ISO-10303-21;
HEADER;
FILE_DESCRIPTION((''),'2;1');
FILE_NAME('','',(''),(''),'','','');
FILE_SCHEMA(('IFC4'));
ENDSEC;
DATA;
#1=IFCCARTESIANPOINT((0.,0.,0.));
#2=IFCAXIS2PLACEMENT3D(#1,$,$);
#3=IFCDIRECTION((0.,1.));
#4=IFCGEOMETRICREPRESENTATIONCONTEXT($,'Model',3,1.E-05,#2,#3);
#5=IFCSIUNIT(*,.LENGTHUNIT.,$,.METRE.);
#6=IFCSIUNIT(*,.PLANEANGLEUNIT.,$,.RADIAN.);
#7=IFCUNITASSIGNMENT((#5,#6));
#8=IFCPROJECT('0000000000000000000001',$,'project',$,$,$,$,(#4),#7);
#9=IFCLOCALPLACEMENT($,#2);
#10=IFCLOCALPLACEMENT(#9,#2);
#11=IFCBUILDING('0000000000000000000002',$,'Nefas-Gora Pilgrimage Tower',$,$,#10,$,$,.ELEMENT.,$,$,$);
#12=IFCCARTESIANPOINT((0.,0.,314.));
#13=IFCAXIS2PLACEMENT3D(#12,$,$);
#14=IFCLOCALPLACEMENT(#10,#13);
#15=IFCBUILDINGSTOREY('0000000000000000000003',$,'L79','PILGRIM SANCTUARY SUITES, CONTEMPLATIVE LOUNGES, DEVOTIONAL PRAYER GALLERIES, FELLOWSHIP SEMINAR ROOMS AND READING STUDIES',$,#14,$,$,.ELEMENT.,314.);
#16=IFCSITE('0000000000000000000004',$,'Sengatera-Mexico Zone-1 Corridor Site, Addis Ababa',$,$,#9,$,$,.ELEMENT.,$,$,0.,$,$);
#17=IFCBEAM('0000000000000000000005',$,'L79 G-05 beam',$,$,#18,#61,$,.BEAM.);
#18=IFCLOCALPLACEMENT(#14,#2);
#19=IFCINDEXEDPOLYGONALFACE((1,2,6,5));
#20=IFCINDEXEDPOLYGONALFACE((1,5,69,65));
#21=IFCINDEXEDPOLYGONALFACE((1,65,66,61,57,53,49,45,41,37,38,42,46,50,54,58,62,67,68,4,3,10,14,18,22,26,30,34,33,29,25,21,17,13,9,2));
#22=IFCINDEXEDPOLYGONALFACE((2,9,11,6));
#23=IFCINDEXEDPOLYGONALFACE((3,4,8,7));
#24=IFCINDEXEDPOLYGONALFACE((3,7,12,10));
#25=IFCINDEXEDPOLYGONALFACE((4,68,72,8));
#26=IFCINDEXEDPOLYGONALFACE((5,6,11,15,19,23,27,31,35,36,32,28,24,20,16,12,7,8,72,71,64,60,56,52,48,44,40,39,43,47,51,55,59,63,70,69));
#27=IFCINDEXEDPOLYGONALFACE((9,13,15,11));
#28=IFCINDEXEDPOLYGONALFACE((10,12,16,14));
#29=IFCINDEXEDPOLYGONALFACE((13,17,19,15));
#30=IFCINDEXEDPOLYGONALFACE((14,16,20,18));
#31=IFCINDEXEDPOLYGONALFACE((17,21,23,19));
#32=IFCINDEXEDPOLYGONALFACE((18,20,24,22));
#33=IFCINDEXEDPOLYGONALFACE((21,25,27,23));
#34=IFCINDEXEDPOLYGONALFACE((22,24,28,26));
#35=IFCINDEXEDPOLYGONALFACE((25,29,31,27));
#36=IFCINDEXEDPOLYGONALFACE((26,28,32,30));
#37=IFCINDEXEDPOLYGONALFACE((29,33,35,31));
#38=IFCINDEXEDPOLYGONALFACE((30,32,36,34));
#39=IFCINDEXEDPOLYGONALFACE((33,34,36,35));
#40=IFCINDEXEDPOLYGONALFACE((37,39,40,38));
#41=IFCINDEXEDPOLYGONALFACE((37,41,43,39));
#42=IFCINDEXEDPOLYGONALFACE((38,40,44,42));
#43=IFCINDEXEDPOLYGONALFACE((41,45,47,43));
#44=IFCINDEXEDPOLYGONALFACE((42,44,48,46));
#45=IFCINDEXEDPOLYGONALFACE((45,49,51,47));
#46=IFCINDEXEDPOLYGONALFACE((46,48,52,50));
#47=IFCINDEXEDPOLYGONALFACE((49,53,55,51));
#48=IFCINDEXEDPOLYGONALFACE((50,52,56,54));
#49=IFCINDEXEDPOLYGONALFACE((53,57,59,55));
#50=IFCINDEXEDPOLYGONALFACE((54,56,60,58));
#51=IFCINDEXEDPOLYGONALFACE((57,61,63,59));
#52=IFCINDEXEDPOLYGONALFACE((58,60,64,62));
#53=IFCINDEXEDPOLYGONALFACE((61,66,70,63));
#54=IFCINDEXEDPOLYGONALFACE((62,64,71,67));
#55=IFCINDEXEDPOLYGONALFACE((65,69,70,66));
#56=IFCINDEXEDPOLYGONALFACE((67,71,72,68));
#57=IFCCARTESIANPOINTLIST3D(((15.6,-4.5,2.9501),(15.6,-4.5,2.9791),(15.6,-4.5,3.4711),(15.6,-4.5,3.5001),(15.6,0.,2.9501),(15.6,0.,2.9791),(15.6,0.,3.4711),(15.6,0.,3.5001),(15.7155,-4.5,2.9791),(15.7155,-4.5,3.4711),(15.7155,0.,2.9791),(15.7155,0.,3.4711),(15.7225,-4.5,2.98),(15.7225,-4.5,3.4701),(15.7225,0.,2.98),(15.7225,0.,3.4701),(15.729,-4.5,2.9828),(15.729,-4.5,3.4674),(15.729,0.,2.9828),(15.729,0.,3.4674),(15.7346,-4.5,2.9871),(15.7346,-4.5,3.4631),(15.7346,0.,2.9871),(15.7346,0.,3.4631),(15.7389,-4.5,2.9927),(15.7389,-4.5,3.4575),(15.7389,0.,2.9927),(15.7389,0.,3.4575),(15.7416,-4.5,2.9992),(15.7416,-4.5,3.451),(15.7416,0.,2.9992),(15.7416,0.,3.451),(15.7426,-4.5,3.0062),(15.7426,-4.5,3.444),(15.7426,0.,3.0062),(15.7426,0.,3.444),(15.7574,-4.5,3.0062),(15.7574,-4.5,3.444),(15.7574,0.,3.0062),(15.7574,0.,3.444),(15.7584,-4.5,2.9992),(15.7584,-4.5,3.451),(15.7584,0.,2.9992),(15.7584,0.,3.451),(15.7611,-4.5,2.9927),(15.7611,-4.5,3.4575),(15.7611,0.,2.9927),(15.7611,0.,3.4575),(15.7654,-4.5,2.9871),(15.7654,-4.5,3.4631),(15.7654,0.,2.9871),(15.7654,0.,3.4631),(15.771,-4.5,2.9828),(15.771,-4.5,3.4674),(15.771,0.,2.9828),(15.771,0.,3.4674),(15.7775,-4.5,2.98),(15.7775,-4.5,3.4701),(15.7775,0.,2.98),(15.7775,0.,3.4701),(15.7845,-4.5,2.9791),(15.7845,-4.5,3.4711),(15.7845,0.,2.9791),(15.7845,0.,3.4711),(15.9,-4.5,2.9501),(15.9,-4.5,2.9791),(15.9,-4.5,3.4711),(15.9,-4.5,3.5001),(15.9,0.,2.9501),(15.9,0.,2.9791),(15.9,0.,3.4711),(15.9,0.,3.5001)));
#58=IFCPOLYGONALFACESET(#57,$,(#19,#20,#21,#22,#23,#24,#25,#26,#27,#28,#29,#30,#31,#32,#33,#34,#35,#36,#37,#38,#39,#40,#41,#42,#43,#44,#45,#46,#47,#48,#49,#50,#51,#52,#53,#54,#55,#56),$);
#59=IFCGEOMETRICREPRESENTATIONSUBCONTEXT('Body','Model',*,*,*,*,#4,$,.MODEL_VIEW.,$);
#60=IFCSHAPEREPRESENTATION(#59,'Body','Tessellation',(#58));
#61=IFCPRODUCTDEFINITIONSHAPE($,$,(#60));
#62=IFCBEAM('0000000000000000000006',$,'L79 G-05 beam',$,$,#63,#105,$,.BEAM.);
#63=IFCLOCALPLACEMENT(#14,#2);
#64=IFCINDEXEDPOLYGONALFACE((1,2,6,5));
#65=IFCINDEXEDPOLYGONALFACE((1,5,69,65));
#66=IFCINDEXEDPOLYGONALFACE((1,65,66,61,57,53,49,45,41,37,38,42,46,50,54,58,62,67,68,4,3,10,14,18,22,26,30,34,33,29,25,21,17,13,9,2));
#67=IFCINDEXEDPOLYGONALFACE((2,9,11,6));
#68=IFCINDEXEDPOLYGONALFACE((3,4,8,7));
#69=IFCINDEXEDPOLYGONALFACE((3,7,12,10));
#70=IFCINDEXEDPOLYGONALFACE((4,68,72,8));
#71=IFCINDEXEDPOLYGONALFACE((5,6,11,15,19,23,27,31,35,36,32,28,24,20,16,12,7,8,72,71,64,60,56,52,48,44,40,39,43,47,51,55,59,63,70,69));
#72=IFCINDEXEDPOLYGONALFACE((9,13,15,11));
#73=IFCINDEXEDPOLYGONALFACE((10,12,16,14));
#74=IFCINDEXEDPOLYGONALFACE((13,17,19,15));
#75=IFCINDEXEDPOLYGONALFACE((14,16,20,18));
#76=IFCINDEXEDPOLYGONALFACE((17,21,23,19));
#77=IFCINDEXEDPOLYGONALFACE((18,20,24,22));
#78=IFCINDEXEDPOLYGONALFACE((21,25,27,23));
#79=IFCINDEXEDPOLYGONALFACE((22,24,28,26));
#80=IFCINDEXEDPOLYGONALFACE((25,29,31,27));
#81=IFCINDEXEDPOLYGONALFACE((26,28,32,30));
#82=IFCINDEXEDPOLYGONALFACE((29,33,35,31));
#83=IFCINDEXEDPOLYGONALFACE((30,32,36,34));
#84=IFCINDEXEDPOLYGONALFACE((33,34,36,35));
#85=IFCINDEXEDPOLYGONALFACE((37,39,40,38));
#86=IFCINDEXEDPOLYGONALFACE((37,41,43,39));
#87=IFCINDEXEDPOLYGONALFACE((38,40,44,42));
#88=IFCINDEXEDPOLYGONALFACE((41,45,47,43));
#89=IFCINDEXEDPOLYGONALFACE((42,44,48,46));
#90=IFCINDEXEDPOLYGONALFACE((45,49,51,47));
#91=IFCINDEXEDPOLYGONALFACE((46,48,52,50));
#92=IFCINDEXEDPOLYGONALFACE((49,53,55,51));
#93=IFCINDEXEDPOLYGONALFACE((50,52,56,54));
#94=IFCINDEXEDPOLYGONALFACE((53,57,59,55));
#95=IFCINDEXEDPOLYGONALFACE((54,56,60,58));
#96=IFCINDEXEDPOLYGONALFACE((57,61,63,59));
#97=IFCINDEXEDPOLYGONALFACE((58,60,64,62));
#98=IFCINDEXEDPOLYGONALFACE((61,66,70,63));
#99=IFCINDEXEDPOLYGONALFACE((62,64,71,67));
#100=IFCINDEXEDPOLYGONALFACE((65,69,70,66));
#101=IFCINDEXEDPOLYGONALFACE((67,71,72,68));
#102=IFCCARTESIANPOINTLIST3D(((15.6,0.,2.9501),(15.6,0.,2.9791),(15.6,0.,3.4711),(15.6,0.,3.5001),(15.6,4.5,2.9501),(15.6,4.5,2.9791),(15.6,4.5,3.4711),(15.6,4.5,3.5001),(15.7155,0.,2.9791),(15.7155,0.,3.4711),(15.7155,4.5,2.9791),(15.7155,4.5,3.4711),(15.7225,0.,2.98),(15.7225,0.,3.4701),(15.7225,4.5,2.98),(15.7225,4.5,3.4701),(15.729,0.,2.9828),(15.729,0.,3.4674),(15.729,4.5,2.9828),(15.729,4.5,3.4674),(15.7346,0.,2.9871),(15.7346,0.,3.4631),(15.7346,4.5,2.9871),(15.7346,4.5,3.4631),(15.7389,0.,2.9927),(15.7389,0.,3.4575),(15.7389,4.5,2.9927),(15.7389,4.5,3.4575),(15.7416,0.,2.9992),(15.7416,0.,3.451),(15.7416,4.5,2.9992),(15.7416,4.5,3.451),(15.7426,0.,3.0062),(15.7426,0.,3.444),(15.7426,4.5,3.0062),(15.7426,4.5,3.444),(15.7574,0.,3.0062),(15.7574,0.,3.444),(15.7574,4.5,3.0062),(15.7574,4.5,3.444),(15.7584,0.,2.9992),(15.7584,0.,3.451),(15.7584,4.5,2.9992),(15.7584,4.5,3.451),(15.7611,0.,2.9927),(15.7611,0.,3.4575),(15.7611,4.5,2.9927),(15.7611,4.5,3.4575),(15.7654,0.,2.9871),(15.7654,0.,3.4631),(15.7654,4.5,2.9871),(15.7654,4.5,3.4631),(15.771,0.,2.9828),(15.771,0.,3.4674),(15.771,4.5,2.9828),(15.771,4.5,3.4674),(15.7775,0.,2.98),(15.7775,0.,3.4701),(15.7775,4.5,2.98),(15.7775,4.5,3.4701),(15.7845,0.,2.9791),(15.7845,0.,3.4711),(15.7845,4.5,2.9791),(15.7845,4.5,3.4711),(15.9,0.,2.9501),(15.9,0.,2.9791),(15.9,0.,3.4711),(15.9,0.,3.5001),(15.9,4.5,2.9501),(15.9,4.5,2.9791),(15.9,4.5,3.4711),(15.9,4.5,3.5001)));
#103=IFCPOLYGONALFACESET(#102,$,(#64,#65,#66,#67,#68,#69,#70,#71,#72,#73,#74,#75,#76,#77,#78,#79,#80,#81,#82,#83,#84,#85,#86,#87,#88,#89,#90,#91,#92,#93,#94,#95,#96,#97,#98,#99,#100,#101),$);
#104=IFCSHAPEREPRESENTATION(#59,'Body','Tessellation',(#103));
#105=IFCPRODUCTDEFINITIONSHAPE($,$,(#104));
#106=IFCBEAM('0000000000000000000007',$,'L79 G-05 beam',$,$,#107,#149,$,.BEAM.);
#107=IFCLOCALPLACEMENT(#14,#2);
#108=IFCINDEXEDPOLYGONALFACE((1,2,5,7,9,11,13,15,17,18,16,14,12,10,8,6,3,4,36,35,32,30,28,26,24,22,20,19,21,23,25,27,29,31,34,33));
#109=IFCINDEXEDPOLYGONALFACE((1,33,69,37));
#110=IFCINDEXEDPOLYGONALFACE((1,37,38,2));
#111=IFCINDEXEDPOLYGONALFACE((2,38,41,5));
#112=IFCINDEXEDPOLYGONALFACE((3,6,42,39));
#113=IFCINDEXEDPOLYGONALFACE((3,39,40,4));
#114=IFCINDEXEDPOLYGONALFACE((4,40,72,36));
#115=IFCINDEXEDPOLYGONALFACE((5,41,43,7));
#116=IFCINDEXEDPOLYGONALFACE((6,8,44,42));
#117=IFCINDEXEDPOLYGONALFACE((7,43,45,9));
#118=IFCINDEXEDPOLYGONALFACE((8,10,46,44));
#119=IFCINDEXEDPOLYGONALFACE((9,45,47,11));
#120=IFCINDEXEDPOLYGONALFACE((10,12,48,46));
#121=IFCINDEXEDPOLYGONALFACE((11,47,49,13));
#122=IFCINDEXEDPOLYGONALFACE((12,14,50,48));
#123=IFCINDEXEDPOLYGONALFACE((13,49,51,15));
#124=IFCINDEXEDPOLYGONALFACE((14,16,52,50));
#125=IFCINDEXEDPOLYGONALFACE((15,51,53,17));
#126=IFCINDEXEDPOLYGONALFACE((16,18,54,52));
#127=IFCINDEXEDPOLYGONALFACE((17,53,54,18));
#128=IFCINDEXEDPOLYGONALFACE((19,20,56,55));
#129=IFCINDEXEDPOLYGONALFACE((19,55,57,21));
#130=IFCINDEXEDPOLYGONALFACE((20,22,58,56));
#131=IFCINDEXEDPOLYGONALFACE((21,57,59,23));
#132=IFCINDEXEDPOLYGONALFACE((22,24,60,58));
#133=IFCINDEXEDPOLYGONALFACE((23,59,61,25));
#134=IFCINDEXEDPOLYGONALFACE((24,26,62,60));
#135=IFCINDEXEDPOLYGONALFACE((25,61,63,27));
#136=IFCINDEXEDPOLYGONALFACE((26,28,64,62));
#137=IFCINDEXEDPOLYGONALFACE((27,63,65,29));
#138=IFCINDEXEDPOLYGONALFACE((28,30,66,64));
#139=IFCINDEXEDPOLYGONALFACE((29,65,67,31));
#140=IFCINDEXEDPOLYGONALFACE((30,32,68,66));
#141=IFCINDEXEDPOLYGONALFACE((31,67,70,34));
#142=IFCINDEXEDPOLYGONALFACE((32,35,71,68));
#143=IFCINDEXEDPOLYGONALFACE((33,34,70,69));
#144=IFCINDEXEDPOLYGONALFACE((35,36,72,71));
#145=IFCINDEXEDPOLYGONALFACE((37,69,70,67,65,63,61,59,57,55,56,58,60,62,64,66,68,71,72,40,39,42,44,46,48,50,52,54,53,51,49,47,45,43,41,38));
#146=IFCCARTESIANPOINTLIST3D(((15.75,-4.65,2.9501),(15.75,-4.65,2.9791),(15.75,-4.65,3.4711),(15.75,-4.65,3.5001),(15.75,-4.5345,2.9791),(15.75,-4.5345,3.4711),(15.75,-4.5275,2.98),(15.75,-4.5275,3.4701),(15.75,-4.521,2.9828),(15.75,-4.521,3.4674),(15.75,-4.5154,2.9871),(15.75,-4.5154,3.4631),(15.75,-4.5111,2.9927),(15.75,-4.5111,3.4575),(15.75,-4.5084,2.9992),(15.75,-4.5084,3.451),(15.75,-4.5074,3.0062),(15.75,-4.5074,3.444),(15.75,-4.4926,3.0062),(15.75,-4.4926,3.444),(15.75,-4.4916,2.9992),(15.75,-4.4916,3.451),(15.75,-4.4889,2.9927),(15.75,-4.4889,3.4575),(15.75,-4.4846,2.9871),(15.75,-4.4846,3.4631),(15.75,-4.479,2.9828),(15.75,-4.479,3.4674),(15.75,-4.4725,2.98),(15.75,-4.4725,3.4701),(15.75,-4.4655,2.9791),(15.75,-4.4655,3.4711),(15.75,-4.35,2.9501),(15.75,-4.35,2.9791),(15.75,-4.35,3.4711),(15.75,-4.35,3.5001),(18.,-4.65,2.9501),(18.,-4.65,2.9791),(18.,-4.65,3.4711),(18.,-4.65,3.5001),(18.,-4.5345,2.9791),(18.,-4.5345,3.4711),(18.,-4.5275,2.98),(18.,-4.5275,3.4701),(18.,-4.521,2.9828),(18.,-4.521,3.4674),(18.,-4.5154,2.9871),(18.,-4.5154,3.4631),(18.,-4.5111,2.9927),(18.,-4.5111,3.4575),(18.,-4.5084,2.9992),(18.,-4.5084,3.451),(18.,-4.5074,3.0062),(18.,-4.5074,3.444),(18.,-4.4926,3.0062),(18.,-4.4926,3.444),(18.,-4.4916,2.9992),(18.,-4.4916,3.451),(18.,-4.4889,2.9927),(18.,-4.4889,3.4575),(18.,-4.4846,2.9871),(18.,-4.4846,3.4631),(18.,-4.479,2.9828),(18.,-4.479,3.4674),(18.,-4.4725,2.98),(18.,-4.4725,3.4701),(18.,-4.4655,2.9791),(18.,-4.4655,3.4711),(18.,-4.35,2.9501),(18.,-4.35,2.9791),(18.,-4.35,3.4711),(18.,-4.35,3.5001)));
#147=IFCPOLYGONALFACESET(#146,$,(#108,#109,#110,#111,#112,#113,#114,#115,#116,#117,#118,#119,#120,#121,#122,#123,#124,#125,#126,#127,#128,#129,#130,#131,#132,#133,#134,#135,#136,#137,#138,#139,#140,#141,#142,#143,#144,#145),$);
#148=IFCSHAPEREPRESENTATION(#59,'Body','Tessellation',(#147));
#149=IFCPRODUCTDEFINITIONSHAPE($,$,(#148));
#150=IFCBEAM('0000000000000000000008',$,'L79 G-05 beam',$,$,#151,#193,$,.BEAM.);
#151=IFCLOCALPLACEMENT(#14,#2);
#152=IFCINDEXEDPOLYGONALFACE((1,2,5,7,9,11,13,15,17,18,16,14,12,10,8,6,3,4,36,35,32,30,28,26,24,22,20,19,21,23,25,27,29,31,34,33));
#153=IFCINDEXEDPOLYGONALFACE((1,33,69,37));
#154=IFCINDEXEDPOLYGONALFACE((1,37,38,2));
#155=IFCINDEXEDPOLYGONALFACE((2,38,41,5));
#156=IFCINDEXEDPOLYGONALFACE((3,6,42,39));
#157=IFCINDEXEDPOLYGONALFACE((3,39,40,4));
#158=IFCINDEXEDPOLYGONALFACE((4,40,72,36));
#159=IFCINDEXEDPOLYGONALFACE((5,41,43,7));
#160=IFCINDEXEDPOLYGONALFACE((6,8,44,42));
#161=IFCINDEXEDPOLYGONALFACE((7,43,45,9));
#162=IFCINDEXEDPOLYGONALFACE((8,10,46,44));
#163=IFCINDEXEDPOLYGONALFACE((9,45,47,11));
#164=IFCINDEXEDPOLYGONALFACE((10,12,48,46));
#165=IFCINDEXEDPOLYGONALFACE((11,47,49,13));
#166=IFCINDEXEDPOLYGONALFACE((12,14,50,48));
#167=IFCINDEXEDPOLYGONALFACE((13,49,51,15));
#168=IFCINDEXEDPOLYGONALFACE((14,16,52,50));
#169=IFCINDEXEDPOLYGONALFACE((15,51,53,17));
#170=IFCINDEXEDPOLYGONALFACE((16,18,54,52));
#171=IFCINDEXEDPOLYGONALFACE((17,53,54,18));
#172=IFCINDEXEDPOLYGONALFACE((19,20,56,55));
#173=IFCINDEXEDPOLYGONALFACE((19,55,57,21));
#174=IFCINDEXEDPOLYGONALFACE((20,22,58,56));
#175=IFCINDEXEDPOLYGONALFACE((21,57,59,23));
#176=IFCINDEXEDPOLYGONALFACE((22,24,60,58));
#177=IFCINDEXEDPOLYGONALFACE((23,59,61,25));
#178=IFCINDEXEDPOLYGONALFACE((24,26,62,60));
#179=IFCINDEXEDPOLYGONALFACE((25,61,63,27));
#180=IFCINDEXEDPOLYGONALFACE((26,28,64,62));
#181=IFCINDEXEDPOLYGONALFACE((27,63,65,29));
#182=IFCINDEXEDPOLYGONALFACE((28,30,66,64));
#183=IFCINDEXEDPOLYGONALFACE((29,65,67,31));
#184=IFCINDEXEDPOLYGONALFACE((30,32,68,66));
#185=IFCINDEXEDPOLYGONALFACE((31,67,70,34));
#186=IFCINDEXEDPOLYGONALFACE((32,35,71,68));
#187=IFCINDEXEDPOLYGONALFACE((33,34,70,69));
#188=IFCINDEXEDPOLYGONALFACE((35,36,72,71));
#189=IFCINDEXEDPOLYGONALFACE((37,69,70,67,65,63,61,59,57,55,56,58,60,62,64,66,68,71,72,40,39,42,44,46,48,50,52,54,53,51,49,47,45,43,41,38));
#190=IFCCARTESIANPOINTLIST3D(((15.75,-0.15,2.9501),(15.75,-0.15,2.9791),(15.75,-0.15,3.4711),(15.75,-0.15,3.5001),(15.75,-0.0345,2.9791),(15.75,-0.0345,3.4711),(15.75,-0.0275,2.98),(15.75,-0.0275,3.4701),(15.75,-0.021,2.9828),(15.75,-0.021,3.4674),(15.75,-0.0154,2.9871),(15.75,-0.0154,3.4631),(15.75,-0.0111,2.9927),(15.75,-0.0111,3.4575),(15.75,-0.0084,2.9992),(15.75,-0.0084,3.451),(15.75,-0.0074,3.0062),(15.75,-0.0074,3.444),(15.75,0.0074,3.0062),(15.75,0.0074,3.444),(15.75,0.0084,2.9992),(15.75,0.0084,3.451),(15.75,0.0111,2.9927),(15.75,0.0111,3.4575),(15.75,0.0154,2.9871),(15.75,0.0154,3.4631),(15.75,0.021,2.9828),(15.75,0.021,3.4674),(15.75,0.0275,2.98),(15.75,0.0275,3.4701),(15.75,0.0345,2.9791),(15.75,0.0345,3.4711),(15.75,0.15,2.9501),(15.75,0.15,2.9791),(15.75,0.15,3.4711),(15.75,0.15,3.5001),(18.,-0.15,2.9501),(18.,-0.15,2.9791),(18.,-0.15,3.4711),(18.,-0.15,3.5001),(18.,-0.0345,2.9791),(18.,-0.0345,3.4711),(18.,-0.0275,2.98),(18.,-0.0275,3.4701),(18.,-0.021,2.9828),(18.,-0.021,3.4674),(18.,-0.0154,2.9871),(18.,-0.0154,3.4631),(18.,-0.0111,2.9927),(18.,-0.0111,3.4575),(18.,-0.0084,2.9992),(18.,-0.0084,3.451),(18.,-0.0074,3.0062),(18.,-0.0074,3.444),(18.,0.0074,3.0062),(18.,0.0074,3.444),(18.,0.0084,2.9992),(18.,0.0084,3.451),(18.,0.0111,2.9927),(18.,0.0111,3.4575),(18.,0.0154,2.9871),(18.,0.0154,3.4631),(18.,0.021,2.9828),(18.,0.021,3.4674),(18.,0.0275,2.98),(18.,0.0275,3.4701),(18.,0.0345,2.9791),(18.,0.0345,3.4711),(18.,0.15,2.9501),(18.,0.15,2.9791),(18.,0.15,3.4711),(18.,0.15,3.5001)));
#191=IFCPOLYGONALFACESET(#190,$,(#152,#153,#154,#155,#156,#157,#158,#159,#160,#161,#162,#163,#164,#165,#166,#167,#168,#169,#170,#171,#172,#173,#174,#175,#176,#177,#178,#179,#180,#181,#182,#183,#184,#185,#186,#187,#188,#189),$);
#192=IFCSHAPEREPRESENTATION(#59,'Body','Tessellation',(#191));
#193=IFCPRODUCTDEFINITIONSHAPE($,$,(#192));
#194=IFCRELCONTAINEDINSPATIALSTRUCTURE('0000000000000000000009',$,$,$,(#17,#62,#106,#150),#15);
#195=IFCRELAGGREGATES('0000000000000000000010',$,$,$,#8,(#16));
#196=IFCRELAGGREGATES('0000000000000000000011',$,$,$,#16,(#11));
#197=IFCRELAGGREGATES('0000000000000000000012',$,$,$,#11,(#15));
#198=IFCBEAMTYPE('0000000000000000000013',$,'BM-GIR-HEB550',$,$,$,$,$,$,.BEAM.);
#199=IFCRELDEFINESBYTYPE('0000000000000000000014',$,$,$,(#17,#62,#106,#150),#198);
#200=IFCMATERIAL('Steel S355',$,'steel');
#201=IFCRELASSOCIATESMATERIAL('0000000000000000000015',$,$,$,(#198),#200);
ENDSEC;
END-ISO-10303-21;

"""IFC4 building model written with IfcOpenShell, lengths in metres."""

from ifc_helpers import new_model, si_unit, direction, frame, origin, origin_2d, place, context, subcontext, project, spatial, i_section, extrude, source, transform, mapped, material, material_profile, profile_set, type_object, element, save


model = new_model("IFC4")

# Units and contexts
model_context = context("Model", 3, precision=1e-05, world=origin(), true_north=direction((0.0, 1.0)))
body_context = subcontext(model_context, "Body", "Model", "MODEL_VIEW")
ifc_project = project(units=[si_unit("LENGTHUNIT", "METRE"), si_unit("PLANEANGLEUNIT", "RADIAN")], contexts=[model_context])

# Site, building, storey
site_placement = place(None, origin())
site = spatial("IfcSite", under=ifc_project, at=site_placement, Name="Sengatera-Mexico Zone-1 Corridor Site, Addis Ababa", CompositionType="ELEMENT", RefElevation=0.0)
building_placement = place(site_placement, origin())
building = spatial("IfcBuilding", under=site, at=building_placement, Name="Nefas-Gora Pilgrimage Tower", CompositionType="ELEMENT")
storey_placement = place(building_placement, frame((0.0, 0.0, 314.0)))
storey = spatial("IfcBuildingStorey", under=building, at=storey_placement, Name="L79", Description="PILGRIM SANCTUARY SUITES, CONTEMPLATIVE LOUNGES, DEVOTIONAL PRAYER GALLERIES, FELLOWSHIP SEMINAR ROOMS AND READING STUDIES", CompositionType="ELEMENT", Elevation=314.0)

# Shared definitions
ifc_material_1 = material(Name="Steel S355", Category="steel")

# Beams
ifc_material_profile_1 = material_profile(ifc_material_1, i_section(OverallWidth=0.3, OverallDepth=0.55, WebThickness=0.0149, FlangeThickness=0.0291, FilletRadius=0.0271, at=origin_2d()), Name="HEB 550")
ifc_profile_set_1 = profile_set([ifc_material_profile_1], Name="Steel S355")
beam_type_1 = type_object("IfcBeamType", Name="BM-GIR-HEB550", PredefinedType="BEAM", material=ifc_profile_set_1)
shared_shape_1 = source(origin(), body_context, "Body", "SweptSolid", [
    extrude(i_section(OverallWidth=0.3, OverallDepth=0.55, WebThickness=0.0149, FlangeThickness=0.0291, FilletRadius=0.0271, at=origin_2d()), origin(), (0.0, 0.0, 1.0), 4.5),
])
for number, where, z_axis, x_axis, name in (
    (1, (15.75, -4.5, 3.2251), (0.0, 1.0, 0.0), (-1.0, 0.0, 0.0), "L79 G-05 beam"),
    (2, (15.75, 0.0, 3.2251), (0.0, 1.0, 0.0), (-1.0, 0.0, 0.0), "L79 G-05 beam"),
):
    element("IfcBeam", number, at=place(storey_placement, frame(where, z_axis=z_axis, x_axis=x_axis)), inside=storey, type_object=beam_type_1, Name=name, PredefinedType="BEAM", context=body_context, shape_type="MappedRepresentation", body=[
        mapped(shared_shape_1, transform((0.0, 0.0, 0.0), x_axis=(1.0, 0.0, 0.0), y_axis=(0.0, 1.0, 0.0), z_axis=(0.0, 0.0, 1.0), scale=1.0)),
    ])
shared_shape_2 = source(origin(), body_context, "Body", "SweptSolid", [
    extrude(i_section(OverallWidth=0.3, OverallDepth=0.55, WebThickness=0.0149, FlangeThickness=0.0291, FilletRadius=0.0271, at=origin_2d()), origin(), (0.0, 0.0, 1.0), 2.25),
])
for number, where, z_axis, x_axis, name in (
    (3, (15.75, -4.5, 3.2251), (1.0, 0.0, 0.0), (0.0, 1.0, 0.0), "L79 G-05 beam"),
    (4, (15.75, 0.0, 3.2251), (1.0, 0.0, 0.0), (0.0, 1.0, 0.0), "L79 G-05 beam"),
):
    element("IfcBeam", number, at=place(storey_placement, frame(where, z_axis=z_axis, x_axis=x_axis)), inside=storey, type_object=beam_type_1, Name=name, PredefinedType="BEAM", context=body_context, shape_type="MappedRepresentation", body=[
        mapped(shared_shape_2, transform((0.0, 0.0, 0.0), x_axis=(1.0, 0.0, 0.0), y_axis=(0.0, 1.0, 0.0), z_axis=(0.0, 0.0, 1.0), scale=1.0)),
    ])

save(model, "model.ifc")
